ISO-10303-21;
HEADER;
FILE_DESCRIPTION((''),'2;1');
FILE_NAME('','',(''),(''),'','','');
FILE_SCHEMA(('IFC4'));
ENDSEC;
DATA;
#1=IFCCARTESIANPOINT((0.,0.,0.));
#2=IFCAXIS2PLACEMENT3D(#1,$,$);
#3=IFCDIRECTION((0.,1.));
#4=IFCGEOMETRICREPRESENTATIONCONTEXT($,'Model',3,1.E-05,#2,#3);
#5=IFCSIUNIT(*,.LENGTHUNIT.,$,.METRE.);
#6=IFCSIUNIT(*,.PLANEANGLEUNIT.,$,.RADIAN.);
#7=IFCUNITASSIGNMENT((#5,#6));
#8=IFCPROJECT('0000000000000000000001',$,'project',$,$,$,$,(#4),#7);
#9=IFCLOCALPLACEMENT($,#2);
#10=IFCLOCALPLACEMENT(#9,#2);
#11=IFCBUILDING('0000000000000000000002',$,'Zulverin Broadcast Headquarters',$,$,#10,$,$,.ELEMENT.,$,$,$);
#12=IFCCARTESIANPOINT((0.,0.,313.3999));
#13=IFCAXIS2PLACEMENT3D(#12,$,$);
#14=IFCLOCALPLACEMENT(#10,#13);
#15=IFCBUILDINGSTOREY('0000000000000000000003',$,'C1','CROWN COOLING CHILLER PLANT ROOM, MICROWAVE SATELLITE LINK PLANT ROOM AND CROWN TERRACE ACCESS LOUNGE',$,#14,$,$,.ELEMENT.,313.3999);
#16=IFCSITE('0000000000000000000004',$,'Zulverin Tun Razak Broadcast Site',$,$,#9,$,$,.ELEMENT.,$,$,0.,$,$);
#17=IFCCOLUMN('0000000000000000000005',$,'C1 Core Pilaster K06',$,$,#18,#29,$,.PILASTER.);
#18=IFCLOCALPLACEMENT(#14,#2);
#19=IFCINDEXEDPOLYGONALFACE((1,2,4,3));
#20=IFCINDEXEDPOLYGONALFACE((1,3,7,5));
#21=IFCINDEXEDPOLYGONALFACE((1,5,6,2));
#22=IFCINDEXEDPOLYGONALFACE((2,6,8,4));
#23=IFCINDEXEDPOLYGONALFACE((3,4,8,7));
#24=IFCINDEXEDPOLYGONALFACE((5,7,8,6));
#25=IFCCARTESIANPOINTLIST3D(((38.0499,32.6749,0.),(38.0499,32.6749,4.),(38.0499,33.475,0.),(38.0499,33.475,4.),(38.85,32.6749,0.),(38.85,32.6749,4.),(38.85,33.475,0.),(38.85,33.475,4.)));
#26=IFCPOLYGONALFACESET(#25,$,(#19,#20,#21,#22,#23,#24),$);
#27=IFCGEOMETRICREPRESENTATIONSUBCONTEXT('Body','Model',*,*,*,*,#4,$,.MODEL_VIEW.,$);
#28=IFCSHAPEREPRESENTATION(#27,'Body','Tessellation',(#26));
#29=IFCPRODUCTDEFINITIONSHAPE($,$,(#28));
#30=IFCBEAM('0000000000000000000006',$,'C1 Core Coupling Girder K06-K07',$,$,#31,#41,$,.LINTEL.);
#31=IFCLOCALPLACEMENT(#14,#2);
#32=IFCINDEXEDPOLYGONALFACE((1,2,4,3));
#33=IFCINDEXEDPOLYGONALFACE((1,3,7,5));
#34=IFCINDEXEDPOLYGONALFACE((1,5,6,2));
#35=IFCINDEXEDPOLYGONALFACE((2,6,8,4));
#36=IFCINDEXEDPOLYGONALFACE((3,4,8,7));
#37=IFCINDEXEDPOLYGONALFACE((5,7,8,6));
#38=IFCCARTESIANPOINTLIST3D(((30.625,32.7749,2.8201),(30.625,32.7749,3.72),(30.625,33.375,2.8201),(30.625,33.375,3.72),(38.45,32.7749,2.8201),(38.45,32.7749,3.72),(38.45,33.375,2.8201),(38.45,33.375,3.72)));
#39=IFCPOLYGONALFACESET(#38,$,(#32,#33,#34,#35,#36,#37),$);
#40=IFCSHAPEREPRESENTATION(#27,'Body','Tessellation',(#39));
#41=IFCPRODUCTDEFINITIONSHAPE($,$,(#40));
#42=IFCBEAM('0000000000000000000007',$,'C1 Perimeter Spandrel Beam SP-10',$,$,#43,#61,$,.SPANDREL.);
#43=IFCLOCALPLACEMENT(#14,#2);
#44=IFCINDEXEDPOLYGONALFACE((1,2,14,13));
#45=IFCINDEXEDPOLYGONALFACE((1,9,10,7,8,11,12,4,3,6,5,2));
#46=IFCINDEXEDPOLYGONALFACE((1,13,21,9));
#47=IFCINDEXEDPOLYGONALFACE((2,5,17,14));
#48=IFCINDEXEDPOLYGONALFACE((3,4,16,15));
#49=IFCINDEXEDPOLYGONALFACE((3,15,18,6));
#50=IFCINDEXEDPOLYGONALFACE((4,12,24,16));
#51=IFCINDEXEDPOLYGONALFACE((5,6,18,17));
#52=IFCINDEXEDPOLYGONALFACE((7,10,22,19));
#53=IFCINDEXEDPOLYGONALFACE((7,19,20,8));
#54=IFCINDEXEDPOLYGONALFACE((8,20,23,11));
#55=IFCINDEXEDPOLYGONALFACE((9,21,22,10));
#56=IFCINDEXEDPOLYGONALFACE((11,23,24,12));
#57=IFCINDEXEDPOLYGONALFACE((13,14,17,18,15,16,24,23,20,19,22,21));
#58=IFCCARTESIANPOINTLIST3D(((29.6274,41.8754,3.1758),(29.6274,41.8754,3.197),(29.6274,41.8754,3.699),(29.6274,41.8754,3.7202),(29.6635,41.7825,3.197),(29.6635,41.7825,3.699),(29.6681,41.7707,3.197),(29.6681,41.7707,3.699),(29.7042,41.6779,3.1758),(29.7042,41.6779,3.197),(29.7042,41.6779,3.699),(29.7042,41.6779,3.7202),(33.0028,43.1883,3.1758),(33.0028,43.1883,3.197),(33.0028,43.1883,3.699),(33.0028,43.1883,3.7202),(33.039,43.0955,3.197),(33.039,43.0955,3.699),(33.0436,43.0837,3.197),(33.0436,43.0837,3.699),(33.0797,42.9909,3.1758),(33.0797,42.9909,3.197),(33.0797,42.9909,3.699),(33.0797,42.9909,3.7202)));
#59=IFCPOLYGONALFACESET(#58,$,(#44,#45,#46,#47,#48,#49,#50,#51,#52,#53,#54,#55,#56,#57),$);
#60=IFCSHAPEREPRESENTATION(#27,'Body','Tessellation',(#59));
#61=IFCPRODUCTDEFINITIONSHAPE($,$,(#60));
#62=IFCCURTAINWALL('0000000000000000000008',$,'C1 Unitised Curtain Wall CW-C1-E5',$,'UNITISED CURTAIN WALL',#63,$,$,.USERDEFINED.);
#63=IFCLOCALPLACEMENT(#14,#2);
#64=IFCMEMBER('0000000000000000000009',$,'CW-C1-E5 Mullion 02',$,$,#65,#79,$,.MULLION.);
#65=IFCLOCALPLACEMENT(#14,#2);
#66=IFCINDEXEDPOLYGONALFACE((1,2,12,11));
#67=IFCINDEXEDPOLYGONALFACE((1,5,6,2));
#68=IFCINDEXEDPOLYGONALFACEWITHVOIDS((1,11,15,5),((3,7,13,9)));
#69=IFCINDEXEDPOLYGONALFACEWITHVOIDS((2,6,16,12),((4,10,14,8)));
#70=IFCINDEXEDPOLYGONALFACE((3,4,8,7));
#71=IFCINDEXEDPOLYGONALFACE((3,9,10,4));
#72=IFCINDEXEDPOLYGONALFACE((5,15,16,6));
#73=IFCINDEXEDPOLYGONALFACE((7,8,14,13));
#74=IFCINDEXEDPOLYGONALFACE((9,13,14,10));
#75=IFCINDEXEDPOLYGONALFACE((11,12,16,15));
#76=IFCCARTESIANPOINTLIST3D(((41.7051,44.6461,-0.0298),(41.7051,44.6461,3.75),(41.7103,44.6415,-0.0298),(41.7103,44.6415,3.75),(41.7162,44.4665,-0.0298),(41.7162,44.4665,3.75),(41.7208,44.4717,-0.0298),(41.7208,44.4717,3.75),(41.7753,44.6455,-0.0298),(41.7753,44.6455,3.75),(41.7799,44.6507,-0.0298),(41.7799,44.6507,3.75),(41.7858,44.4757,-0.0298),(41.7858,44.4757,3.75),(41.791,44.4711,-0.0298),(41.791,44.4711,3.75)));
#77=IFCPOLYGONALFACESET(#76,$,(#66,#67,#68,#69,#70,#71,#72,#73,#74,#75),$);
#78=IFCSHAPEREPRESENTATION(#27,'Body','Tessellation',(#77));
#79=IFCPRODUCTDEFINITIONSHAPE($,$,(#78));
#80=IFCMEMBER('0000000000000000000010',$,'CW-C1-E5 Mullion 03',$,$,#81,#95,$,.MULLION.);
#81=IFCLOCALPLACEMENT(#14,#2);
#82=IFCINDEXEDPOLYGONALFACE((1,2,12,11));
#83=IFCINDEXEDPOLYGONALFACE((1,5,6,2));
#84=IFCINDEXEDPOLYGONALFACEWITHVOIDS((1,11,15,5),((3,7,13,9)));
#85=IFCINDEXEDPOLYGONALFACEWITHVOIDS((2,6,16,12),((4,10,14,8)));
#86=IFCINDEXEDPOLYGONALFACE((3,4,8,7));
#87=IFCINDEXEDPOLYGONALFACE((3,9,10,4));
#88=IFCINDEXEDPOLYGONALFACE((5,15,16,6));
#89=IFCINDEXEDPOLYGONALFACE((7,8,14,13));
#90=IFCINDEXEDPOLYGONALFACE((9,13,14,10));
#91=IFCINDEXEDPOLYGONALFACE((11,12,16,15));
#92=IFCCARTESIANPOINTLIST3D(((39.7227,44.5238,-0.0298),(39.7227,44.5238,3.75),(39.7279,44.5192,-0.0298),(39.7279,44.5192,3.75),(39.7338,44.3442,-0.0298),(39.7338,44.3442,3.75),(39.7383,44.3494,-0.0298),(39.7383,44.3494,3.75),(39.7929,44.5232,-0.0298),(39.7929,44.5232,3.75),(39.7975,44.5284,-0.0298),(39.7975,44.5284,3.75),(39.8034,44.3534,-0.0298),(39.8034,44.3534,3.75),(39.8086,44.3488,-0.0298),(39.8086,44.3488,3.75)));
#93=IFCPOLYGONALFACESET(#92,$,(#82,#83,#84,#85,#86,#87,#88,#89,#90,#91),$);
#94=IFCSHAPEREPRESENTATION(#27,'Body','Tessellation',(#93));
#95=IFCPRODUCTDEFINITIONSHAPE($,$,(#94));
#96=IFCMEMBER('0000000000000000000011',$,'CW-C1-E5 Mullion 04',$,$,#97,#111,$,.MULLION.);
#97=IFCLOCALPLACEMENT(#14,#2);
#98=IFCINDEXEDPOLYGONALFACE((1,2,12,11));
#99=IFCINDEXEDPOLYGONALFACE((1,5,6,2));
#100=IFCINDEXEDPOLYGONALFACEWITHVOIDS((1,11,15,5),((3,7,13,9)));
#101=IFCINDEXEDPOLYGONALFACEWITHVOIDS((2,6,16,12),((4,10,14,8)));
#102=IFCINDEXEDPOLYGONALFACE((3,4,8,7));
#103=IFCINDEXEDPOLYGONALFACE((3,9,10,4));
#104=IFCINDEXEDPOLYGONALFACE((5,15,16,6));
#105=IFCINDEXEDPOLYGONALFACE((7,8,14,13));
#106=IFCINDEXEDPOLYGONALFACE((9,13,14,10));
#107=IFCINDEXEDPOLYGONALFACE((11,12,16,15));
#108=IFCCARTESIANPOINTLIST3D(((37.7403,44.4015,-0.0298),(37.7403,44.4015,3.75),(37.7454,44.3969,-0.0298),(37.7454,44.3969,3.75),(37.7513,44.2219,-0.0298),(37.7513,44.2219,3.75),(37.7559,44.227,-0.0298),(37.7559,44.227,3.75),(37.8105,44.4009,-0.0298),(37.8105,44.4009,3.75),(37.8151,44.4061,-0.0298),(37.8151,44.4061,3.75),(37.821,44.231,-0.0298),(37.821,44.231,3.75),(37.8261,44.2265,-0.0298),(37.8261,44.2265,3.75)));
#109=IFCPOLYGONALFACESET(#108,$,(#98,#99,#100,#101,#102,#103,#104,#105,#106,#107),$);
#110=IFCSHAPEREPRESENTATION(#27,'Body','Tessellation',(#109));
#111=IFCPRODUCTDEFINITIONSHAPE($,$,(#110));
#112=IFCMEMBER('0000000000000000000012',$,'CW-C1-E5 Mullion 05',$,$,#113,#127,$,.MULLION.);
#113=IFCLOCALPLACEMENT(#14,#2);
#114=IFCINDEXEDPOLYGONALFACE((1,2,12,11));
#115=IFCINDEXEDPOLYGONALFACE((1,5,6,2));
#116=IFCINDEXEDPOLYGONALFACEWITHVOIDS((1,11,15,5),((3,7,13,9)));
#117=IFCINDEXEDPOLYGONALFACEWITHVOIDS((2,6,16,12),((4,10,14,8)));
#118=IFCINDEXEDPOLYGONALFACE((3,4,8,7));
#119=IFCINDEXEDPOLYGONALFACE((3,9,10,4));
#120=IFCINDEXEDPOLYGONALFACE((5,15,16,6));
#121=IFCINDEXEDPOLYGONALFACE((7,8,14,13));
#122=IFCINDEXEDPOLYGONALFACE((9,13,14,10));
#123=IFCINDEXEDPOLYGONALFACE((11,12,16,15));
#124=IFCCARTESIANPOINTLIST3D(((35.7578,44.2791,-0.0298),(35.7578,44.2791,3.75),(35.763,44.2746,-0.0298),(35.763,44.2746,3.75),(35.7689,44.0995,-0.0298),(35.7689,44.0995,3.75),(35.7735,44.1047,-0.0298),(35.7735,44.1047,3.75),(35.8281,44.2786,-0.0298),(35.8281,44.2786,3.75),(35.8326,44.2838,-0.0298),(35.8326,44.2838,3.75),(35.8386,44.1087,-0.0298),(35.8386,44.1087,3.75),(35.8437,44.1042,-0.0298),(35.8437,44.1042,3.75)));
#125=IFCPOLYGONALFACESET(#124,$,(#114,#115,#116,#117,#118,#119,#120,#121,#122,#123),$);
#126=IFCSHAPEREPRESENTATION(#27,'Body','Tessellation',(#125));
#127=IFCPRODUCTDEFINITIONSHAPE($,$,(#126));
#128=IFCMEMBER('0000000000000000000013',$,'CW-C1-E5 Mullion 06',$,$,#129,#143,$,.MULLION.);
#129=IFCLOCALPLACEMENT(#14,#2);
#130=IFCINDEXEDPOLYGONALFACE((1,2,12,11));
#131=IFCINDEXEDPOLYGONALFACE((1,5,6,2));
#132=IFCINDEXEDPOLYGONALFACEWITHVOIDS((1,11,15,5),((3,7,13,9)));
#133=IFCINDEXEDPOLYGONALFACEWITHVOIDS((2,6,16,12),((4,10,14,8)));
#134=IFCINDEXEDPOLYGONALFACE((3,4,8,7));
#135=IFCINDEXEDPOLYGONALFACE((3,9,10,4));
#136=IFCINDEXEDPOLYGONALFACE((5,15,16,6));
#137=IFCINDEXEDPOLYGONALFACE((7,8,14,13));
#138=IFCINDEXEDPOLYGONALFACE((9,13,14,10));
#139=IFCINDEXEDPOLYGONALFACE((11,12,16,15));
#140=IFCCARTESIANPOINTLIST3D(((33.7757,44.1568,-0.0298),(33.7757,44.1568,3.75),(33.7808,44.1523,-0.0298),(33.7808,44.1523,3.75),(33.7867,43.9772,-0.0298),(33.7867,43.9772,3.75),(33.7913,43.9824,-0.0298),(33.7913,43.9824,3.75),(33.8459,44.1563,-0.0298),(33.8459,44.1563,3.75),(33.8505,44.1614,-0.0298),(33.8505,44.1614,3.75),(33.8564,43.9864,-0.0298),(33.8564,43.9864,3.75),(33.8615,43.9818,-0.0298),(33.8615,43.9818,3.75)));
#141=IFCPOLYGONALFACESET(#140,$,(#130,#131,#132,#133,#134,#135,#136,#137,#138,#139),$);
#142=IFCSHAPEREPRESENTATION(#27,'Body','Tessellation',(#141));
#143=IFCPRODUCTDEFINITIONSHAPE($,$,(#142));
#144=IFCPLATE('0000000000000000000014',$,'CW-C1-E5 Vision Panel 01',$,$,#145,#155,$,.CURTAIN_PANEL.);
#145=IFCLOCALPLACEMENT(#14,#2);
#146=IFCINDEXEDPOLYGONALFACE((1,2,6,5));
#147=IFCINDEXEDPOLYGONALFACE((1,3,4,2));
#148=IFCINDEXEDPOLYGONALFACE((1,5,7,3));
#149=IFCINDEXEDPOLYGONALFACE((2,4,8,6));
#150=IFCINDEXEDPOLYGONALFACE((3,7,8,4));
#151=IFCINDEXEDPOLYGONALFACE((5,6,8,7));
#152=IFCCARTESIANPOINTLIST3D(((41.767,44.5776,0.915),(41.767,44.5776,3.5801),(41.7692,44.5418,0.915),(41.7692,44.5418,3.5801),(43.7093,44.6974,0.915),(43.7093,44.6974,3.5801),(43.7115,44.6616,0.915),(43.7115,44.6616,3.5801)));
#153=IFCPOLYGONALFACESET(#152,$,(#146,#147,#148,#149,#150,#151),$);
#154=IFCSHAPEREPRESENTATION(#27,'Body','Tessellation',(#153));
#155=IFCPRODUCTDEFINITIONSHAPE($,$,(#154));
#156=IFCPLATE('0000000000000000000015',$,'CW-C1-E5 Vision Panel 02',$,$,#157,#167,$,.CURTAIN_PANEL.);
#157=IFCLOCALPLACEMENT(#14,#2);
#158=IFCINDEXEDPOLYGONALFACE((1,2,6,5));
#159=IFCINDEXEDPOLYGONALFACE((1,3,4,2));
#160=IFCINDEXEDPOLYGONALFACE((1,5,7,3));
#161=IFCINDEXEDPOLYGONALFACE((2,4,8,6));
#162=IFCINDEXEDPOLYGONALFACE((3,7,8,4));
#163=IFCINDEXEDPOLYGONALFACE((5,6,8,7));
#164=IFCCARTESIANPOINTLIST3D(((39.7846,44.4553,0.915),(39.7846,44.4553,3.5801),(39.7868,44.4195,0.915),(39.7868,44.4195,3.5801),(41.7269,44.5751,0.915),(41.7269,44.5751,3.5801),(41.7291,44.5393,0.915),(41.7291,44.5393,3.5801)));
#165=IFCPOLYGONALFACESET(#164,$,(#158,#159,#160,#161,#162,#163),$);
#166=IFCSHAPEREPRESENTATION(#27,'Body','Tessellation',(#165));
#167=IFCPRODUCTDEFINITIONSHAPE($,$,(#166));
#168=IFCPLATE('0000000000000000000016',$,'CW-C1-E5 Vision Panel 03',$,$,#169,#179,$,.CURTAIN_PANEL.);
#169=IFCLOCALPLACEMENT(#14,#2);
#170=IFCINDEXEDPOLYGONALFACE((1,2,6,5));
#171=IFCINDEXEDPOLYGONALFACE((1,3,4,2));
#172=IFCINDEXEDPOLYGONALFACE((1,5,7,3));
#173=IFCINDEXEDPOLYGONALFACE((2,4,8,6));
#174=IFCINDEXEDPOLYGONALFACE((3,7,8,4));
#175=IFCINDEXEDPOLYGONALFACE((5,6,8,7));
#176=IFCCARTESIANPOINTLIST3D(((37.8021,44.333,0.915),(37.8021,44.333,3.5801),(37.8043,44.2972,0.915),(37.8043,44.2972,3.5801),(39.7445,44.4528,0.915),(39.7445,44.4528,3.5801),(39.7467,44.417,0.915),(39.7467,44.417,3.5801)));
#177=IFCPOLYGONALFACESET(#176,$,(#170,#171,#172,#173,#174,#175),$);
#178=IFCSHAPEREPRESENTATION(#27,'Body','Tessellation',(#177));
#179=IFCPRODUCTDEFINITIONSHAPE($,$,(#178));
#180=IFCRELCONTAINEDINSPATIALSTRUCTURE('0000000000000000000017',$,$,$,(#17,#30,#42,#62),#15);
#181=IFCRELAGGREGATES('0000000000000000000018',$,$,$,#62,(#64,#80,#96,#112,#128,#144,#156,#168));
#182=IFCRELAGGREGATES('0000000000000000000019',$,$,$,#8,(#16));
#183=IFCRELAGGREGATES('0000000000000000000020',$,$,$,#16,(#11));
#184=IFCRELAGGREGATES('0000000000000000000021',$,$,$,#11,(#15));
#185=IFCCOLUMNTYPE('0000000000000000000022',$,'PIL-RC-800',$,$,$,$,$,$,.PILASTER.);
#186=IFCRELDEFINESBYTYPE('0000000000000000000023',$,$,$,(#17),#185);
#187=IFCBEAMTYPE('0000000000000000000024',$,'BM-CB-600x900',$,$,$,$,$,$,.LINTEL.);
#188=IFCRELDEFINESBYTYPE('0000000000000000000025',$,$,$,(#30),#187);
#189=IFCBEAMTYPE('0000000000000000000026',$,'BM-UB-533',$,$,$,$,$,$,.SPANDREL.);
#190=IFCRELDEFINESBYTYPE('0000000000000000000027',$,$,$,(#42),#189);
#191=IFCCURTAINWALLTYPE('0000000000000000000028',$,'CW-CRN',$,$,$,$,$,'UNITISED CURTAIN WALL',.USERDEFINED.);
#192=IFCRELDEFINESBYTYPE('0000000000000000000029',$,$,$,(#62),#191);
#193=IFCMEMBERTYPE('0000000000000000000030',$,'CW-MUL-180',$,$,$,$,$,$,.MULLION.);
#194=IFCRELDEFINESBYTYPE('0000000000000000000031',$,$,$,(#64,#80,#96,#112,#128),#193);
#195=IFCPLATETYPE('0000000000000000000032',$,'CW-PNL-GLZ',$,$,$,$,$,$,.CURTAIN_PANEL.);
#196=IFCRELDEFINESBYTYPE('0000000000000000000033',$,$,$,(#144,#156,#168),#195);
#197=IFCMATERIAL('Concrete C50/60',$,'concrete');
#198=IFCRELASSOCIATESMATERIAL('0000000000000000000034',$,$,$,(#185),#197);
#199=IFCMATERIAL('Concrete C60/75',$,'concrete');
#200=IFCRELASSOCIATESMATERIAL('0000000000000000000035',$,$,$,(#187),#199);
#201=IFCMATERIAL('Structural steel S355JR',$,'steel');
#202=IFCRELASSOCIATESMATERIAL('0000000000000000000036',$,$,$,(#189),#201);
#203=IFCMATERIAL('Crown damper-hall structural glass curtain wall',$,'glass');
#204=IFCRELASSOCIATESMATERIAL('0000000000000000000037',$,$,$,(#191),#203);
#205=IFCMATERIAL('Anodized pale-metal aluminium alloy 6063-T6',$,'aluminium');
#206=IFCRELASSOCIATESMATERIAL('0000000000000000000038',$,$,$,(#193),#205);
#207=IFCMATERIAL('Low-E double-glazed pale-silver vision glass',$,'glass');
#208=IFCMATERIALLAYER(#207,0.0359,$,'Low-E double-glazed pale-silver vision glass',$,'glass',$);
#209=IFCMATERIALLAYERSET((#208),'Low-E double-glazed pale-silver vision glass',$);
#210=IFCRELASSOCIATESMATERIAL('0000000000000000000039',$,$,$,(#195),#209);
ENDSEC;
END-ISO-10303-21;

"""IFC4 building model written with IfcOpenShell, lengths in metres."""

from ifc_helpers import new_model, si_unit, direction, frame, origin, origin_2d, place, context, subcontext, project, spatial, rectangle, hollow_rectangle, i_section, extrude, material, layer, layer_set, material_profile, profile_set, type_object, element, aggregate, save


model = new_model("IFC4")

# Units and contexts
model_context = context("Model", 3, precision=1e-05, world=origin(), true_north=direction((0.0, 1.0)))
body_context = subcontext(model_context, "Body", "Model", "MODEL_VIEW")
ifc_project = project(units=[si_unit("LENGTHUNIT", "METRE"), si_unit("PLANEANGLEUNIT", "RADIAN")], contexts=[model_context])

# Site, building, storey
site_placement = place(None, origin())
site = spatial("IfcSite", under=ifc_project, at=site_placement, Name="Zulverin Tun Razak Broadcast Site", CompositionType="ELEMENT", RefElevation=0.0)
building_placement = place(site_placement, origin())
building = spatial("IfcBuilding", under=site, at=building_placement, Name="Zulverin Broadcast Headquarters", CompositionType="ELEMENT")
storey_placement = place(building_placement, frame((0.0, 0.0, 313.3999)))
storey = spatial("IfcBuildingStorey", under=building, at=storey_placement, Name="C1", Description="CROWN COOLING CHILLER PLANT ROOM, MICROWAVE SATELLITE LINK PLANT ROOM AND CROWN TERRACE ACCESS LOUNGE", CompositionType="ELEMENT", Elevation=313.3999)

# Column
ifc_material_1 = material(Name="Concrete C50/60", Category="concrete")
ifc_material_profile_1 = material_profile(ifc_material_1, rectangle(XDim=0.8, YDim=0.8, at=origin_2d()), Name="Concrete C50/60", Category="concrete")
ifc_profile_set_1 = profile_set([ifc_material_profile_1], Name="Concrete C50/60")
column_type = type_object("IfcColumnType", Name="PIL-RC-800", PredefinedType="PILASTER", material=ifc_profile_set_1)
column_placement = place(storey_placement, frame((38.45, 33.075, 0.0), z_axis=(0.0, 0.0, 1.0), x_axis=(1.0, 0.0, 0.0)))
element("IfcColumn", 1, at=column_placement, inside=storey, type_object=column_type, Name="C1 Core Pilaster K06", PredefinedType="PILASTER", context=body_context, shape_type="SweptSolid", body=[
    extrude(rectangle(XDim=0.8, YDim=0.8, at=origin_2d()), origin(), (0.0, 0.0, 1.0), 4.0),
])

# Beams
ifc_material_2 = material(Name="Concrete C60/75", Category="concrete")
ifc_material_profile_2 = material_profile(ifc_material_2, rectangle(XDim=0.6001, YDim=0.8999, at=origin_2d()), Name="Concrete C60/75", Category="concrete")
ifc_profile_set_2 = profile_set([ifc_material_profile_2], Name="Concrete C60/75")
beam_type_1 = type_object("IfcBeamType", Name="BM-CB-600x900", PredefinedType="LINTEL", material=ifc_profile_set_2)
beam_1_placement = place(storey_placement, frame((38.45, 33.075, 3.27), z_axis=(-1.0, 0.0, 0.0), x_axis=(0.0, -1.0, 0.0)))
element("IfcBeam", 2, at=beam_1_placement, inside=storey, type_object=beam_type_1, Name="C1 Core Coupling Girder K06-K07", PredefinedType="LINTEL", context=body_context, shape_type="SweptSolid", body=[
    extrude(rectangle(XDim=0.6001, YDim=0.8999, at=origin_2d()), origin(), (0.0, 0.0, 1.0), 7.825),
])
ifc_material_3 = material(Name="Structural steel S355JR", Category="steel")
ifc_material_profile_3 = material_profile(ifc_material_3, i_section(OverallWidth=0.2119, OverallDepth=0.5444, WebThickness=0.0127, FlangeThickness=0.0212, at=origin_2d()), Name="Structural steel S355JR", Category="steel")
ifc_profile_set_3 = profile_set([ifc_material_profile_3], Name="Structural steel S355JR")
beam_type_2 = type_object("IfcBeamType", Name="BM-UB-533", PredefinedType="SPANDREL", material=ifc_profile_set_3)
beam_2_placement = place(storey_placement, frame((33.0413, 43.0896, 3.448), z_axis=(-0.931977, -0.362518, 0.0), x_axis=(0.362518, -0.931977, 0.0)))
element("IfcBeam", 3, at=beam_2_placement, inside=storey, type_object=beam_type_2, Name="C1 Perimeter Spandrel Beam SP-10", PredefinedType="SPANDREL", context=body_context, shape_type="SweptSolid", body=[
    extrude(i_section(OverallWidth=0.2119, OverallDepth=0.5444, WebThickness=0.0127, FlangeThickness=0.0212, at=origin_2d()), origin(), (0.0, 0.0, 1.0), 3.6218),
])

# Curtain wall, members, plates
ifc_material_4 = material(Name="Crown damper-hall structural glass curtain wall", Category="glass")
curtain_wall_type = type_object("IfcCurtainWallType", Name="CW-CRN", ElementType="UNITISED CURTAIN WALL", PredefinedType="USERDEFINED", material=ifc_material_4)
curtain_wall_placement = place(storey_placement, origin())
curtain_wall = element("IfcCurtainWall", 4, at=curtain_wall_placement, inside=storey, type_object=curtain_wall_type, Name="C1 Unitised Curtain Wall CW-C1-E5", ObjectType="UNITISED CURTAIN WALL", PredefinedType="USERDEFINED")
ifc_material_5 = material(Name="Anodized pale-metal aluminium alloy 6063-T6", Category="aluminium")
ifc_material_profile_4 = material_profile(ifc_material_5, hollow_rectangle(XDim=0.075, YDim=0.1799, WallThickness=0.0049, at=origin_2d()), Name="Anodized pale-metal aluminium alloy 6063-T6", Category="aluminium")
ifc_profile_set_4 = profile_set([ifc_material_profile_4], Name="Anodized pale-metal aluminium alloy 6063-T6")
member_type = type_object("IfcMemberType", Name="CW-MUL-180", PredefinedType="MULLION", material=ifc_profile_set_4)
member_1_placement = place(storey_placement, frame((41.748, 44.5586, -0.0298), z_axis=(0.0, 0.0, 1.0), x_axis=(-0.998103, -0.061569, 0.0)))
member_1 = element("IfcMember", 5, at=member_1_placement, type_object=member_type, Name="CW-C1-E5 Mullion 02", PredefinedType="MULLION", context=body_context, shape_type="SweptSolid", body=[
    extrude(hollow_rectangle(XDim=0.075, YDim=0.1799, WallThickness=0.0049, at=origin_2d()), origin(), (0.0, 0.0, 1.0), 3.7798),
])
member_2_placement = place(storey_placement, frame((39.7656, 44.4363, -0.0298), z_axis=(0.0, 0.0, 1.0), x_axis=(-0.998103, -0.061569, 0.0)))
member_2 = element("IfcMember", 6, at=member_2_placement, type_object=member_type, Name="CW-C1-E5 Mullion 03", PredefinedType="MULLION", context=body_context, shape_type="SweptSolid", body=[
    extrude(hollow_rectangle(XDim=0.075, YDim=0.1799, WallThickness=0.0049, at=origin_2d()), origin(), (0.0, 0.0, 1.0), 3.7798),
])
member_3_placement = place(storey_placement, frame((37.7832, 44.314, -0.0298), z_axis=(0.0, 0.0, 1.0), x_axis=(-0.998103, -0.061569, 0.0)))
member_3 = element("IfcMember", 7, at=member_3_placement, type_object=member_type, Name="CW-C1-E5 Mullion 04", PredefinedType="MULLION", context=body_context, shape_type="SweptSolid", body=[
    extrude(hollow_rectangle(XDim=0.075, YDim=0.1799, WallThickness=0.0049, at=origin_2d()), origin(), (0.0, 0.0, 1.0), 3.7798),
])
member_4_placement = place(storey_placement, frame((35.8008, 44.1917, -0.0298), z_axis=(0.0, 0.0, 1.0), x_axis=(-0.998103, -0.061569, 0.0)))
member_4 = element("IfcMember", 8, at=member_4_placement, type_object=member_type, Name="CW-C1-E5 Mullion 05", PredefinedType="MULLION", context=body_context, shape_type="SweptSolid", body=[
    extrude(hollow_rectangle(XDim=0.075, YDim=0.1799, WallThickness=0.0049, at=origin_2d()), origin(), (0.0, 0.0, 1.0), 3.7798),
])
member_5_placement = place(storey_placement, frame((33.8186, 44.0693, -0.0298), z_axis=(0.0, 0.0, 1.0), x_axis=(-0.998103, -0.061569, 0.0)))
member_5 = element("IfcMember", 9, at=member_5_placement, type_object=member_type, Name="CW-C1-E5 Mullion 06", PredefinedType="MULLION", context=body_context, shape_type="SweptSolid", body=[
    extrude(hollow_rectangle(XDim=0.075, YDim=0.1799, WallThickness=0.0049, at=origin_2d()), origin(), (0.0, 0.0, 1.0), 3.7798),
])
ifc_material_6 = material(Name="Low-E double-glazed pale-silver vision glass", Category="glass")
ifc_layer_1 = layer(ifc_material_6, 0.0359, Name="Low-E double-glazed pale-silver vision glass", Category="glass")
ifc_layer_set_1 = layer_set([ifc_layer_1], Name="Low-E double-glazed pale-silver vision glass")
plate_type_1 = type_object("IfcPlateType", Name="CW-PNL-GLZ", PredefinedType="CURTAIN_PANEL", material=ifc_layer_set_1)
plate_1_placement = place(storey_placement, frame((42.7393, 44.6196, 0.915), z_axis=(0.0, 0.0, 1.0), x_axis=(-0.998103, -0.061569, 0.0)))
plate_1 = element("IfcPlate", 10, at=plate_1_placement, type_object=plate_type_1, Name="CW-C1-E5 Vision Panel 01", PredefinedType="CURTAIN_PANEL", context=body_context, shape_type="SweptSolid", body=[
    extrude(rectangle(XDim=1.946, YDim=0.0359, at=origin_2d()), origin(), (0.0, 0.0, 1.0), 2.665),
])
plate_2_placement = place(storey_placement, frame((40.7568, 44.4973, 0.915), z_axis=(0.0, 0.0, 1.0), x_axis=(-0.998103, -0.061569, 0.0)))
plate_2 = element("IfcPlate", 11, at=plate_2_placement, type_object=plate_type_1, Name="CW-C1-E5 Vision Panel 02", PredefinedType="CURTAIN_PANEL", context=body_context, shape_type="SweptSolid", body=[
    extrude(rectangle(XDim=1.946, YDim=0.0359, at=origin_2d()), origin(), (0.0, 0.0, 1.0), 2.665),
])
plate_3_placement = place(storey_placement, frame((38.7744, 44.375, 0.915), z_axis=(0.0, 0.0, 1.0), x_axis=(-0.998103, -0.061569, 0.0)))
plate_3 = element("IfcPlate", 12, at=plate_3_placement, type_object=plate_type_1, Name="CW-C1-E5 Vision Panel 03", PredefinedType="CURTAIN_PANEL", context=body_context, shape_type="SweptSolid", body=[
    extrude(rectangle(XDim=1.946, YDim=0.0359, at=origin_2d()), origin(), (0.0, 0.0, 1.0), 2.665),
])
aggregate(curtain_wall, [member_1, member_2, member_3, member_4, member_5, plate_1, plate_2, plate_3])

save(model, "model.ifc")
